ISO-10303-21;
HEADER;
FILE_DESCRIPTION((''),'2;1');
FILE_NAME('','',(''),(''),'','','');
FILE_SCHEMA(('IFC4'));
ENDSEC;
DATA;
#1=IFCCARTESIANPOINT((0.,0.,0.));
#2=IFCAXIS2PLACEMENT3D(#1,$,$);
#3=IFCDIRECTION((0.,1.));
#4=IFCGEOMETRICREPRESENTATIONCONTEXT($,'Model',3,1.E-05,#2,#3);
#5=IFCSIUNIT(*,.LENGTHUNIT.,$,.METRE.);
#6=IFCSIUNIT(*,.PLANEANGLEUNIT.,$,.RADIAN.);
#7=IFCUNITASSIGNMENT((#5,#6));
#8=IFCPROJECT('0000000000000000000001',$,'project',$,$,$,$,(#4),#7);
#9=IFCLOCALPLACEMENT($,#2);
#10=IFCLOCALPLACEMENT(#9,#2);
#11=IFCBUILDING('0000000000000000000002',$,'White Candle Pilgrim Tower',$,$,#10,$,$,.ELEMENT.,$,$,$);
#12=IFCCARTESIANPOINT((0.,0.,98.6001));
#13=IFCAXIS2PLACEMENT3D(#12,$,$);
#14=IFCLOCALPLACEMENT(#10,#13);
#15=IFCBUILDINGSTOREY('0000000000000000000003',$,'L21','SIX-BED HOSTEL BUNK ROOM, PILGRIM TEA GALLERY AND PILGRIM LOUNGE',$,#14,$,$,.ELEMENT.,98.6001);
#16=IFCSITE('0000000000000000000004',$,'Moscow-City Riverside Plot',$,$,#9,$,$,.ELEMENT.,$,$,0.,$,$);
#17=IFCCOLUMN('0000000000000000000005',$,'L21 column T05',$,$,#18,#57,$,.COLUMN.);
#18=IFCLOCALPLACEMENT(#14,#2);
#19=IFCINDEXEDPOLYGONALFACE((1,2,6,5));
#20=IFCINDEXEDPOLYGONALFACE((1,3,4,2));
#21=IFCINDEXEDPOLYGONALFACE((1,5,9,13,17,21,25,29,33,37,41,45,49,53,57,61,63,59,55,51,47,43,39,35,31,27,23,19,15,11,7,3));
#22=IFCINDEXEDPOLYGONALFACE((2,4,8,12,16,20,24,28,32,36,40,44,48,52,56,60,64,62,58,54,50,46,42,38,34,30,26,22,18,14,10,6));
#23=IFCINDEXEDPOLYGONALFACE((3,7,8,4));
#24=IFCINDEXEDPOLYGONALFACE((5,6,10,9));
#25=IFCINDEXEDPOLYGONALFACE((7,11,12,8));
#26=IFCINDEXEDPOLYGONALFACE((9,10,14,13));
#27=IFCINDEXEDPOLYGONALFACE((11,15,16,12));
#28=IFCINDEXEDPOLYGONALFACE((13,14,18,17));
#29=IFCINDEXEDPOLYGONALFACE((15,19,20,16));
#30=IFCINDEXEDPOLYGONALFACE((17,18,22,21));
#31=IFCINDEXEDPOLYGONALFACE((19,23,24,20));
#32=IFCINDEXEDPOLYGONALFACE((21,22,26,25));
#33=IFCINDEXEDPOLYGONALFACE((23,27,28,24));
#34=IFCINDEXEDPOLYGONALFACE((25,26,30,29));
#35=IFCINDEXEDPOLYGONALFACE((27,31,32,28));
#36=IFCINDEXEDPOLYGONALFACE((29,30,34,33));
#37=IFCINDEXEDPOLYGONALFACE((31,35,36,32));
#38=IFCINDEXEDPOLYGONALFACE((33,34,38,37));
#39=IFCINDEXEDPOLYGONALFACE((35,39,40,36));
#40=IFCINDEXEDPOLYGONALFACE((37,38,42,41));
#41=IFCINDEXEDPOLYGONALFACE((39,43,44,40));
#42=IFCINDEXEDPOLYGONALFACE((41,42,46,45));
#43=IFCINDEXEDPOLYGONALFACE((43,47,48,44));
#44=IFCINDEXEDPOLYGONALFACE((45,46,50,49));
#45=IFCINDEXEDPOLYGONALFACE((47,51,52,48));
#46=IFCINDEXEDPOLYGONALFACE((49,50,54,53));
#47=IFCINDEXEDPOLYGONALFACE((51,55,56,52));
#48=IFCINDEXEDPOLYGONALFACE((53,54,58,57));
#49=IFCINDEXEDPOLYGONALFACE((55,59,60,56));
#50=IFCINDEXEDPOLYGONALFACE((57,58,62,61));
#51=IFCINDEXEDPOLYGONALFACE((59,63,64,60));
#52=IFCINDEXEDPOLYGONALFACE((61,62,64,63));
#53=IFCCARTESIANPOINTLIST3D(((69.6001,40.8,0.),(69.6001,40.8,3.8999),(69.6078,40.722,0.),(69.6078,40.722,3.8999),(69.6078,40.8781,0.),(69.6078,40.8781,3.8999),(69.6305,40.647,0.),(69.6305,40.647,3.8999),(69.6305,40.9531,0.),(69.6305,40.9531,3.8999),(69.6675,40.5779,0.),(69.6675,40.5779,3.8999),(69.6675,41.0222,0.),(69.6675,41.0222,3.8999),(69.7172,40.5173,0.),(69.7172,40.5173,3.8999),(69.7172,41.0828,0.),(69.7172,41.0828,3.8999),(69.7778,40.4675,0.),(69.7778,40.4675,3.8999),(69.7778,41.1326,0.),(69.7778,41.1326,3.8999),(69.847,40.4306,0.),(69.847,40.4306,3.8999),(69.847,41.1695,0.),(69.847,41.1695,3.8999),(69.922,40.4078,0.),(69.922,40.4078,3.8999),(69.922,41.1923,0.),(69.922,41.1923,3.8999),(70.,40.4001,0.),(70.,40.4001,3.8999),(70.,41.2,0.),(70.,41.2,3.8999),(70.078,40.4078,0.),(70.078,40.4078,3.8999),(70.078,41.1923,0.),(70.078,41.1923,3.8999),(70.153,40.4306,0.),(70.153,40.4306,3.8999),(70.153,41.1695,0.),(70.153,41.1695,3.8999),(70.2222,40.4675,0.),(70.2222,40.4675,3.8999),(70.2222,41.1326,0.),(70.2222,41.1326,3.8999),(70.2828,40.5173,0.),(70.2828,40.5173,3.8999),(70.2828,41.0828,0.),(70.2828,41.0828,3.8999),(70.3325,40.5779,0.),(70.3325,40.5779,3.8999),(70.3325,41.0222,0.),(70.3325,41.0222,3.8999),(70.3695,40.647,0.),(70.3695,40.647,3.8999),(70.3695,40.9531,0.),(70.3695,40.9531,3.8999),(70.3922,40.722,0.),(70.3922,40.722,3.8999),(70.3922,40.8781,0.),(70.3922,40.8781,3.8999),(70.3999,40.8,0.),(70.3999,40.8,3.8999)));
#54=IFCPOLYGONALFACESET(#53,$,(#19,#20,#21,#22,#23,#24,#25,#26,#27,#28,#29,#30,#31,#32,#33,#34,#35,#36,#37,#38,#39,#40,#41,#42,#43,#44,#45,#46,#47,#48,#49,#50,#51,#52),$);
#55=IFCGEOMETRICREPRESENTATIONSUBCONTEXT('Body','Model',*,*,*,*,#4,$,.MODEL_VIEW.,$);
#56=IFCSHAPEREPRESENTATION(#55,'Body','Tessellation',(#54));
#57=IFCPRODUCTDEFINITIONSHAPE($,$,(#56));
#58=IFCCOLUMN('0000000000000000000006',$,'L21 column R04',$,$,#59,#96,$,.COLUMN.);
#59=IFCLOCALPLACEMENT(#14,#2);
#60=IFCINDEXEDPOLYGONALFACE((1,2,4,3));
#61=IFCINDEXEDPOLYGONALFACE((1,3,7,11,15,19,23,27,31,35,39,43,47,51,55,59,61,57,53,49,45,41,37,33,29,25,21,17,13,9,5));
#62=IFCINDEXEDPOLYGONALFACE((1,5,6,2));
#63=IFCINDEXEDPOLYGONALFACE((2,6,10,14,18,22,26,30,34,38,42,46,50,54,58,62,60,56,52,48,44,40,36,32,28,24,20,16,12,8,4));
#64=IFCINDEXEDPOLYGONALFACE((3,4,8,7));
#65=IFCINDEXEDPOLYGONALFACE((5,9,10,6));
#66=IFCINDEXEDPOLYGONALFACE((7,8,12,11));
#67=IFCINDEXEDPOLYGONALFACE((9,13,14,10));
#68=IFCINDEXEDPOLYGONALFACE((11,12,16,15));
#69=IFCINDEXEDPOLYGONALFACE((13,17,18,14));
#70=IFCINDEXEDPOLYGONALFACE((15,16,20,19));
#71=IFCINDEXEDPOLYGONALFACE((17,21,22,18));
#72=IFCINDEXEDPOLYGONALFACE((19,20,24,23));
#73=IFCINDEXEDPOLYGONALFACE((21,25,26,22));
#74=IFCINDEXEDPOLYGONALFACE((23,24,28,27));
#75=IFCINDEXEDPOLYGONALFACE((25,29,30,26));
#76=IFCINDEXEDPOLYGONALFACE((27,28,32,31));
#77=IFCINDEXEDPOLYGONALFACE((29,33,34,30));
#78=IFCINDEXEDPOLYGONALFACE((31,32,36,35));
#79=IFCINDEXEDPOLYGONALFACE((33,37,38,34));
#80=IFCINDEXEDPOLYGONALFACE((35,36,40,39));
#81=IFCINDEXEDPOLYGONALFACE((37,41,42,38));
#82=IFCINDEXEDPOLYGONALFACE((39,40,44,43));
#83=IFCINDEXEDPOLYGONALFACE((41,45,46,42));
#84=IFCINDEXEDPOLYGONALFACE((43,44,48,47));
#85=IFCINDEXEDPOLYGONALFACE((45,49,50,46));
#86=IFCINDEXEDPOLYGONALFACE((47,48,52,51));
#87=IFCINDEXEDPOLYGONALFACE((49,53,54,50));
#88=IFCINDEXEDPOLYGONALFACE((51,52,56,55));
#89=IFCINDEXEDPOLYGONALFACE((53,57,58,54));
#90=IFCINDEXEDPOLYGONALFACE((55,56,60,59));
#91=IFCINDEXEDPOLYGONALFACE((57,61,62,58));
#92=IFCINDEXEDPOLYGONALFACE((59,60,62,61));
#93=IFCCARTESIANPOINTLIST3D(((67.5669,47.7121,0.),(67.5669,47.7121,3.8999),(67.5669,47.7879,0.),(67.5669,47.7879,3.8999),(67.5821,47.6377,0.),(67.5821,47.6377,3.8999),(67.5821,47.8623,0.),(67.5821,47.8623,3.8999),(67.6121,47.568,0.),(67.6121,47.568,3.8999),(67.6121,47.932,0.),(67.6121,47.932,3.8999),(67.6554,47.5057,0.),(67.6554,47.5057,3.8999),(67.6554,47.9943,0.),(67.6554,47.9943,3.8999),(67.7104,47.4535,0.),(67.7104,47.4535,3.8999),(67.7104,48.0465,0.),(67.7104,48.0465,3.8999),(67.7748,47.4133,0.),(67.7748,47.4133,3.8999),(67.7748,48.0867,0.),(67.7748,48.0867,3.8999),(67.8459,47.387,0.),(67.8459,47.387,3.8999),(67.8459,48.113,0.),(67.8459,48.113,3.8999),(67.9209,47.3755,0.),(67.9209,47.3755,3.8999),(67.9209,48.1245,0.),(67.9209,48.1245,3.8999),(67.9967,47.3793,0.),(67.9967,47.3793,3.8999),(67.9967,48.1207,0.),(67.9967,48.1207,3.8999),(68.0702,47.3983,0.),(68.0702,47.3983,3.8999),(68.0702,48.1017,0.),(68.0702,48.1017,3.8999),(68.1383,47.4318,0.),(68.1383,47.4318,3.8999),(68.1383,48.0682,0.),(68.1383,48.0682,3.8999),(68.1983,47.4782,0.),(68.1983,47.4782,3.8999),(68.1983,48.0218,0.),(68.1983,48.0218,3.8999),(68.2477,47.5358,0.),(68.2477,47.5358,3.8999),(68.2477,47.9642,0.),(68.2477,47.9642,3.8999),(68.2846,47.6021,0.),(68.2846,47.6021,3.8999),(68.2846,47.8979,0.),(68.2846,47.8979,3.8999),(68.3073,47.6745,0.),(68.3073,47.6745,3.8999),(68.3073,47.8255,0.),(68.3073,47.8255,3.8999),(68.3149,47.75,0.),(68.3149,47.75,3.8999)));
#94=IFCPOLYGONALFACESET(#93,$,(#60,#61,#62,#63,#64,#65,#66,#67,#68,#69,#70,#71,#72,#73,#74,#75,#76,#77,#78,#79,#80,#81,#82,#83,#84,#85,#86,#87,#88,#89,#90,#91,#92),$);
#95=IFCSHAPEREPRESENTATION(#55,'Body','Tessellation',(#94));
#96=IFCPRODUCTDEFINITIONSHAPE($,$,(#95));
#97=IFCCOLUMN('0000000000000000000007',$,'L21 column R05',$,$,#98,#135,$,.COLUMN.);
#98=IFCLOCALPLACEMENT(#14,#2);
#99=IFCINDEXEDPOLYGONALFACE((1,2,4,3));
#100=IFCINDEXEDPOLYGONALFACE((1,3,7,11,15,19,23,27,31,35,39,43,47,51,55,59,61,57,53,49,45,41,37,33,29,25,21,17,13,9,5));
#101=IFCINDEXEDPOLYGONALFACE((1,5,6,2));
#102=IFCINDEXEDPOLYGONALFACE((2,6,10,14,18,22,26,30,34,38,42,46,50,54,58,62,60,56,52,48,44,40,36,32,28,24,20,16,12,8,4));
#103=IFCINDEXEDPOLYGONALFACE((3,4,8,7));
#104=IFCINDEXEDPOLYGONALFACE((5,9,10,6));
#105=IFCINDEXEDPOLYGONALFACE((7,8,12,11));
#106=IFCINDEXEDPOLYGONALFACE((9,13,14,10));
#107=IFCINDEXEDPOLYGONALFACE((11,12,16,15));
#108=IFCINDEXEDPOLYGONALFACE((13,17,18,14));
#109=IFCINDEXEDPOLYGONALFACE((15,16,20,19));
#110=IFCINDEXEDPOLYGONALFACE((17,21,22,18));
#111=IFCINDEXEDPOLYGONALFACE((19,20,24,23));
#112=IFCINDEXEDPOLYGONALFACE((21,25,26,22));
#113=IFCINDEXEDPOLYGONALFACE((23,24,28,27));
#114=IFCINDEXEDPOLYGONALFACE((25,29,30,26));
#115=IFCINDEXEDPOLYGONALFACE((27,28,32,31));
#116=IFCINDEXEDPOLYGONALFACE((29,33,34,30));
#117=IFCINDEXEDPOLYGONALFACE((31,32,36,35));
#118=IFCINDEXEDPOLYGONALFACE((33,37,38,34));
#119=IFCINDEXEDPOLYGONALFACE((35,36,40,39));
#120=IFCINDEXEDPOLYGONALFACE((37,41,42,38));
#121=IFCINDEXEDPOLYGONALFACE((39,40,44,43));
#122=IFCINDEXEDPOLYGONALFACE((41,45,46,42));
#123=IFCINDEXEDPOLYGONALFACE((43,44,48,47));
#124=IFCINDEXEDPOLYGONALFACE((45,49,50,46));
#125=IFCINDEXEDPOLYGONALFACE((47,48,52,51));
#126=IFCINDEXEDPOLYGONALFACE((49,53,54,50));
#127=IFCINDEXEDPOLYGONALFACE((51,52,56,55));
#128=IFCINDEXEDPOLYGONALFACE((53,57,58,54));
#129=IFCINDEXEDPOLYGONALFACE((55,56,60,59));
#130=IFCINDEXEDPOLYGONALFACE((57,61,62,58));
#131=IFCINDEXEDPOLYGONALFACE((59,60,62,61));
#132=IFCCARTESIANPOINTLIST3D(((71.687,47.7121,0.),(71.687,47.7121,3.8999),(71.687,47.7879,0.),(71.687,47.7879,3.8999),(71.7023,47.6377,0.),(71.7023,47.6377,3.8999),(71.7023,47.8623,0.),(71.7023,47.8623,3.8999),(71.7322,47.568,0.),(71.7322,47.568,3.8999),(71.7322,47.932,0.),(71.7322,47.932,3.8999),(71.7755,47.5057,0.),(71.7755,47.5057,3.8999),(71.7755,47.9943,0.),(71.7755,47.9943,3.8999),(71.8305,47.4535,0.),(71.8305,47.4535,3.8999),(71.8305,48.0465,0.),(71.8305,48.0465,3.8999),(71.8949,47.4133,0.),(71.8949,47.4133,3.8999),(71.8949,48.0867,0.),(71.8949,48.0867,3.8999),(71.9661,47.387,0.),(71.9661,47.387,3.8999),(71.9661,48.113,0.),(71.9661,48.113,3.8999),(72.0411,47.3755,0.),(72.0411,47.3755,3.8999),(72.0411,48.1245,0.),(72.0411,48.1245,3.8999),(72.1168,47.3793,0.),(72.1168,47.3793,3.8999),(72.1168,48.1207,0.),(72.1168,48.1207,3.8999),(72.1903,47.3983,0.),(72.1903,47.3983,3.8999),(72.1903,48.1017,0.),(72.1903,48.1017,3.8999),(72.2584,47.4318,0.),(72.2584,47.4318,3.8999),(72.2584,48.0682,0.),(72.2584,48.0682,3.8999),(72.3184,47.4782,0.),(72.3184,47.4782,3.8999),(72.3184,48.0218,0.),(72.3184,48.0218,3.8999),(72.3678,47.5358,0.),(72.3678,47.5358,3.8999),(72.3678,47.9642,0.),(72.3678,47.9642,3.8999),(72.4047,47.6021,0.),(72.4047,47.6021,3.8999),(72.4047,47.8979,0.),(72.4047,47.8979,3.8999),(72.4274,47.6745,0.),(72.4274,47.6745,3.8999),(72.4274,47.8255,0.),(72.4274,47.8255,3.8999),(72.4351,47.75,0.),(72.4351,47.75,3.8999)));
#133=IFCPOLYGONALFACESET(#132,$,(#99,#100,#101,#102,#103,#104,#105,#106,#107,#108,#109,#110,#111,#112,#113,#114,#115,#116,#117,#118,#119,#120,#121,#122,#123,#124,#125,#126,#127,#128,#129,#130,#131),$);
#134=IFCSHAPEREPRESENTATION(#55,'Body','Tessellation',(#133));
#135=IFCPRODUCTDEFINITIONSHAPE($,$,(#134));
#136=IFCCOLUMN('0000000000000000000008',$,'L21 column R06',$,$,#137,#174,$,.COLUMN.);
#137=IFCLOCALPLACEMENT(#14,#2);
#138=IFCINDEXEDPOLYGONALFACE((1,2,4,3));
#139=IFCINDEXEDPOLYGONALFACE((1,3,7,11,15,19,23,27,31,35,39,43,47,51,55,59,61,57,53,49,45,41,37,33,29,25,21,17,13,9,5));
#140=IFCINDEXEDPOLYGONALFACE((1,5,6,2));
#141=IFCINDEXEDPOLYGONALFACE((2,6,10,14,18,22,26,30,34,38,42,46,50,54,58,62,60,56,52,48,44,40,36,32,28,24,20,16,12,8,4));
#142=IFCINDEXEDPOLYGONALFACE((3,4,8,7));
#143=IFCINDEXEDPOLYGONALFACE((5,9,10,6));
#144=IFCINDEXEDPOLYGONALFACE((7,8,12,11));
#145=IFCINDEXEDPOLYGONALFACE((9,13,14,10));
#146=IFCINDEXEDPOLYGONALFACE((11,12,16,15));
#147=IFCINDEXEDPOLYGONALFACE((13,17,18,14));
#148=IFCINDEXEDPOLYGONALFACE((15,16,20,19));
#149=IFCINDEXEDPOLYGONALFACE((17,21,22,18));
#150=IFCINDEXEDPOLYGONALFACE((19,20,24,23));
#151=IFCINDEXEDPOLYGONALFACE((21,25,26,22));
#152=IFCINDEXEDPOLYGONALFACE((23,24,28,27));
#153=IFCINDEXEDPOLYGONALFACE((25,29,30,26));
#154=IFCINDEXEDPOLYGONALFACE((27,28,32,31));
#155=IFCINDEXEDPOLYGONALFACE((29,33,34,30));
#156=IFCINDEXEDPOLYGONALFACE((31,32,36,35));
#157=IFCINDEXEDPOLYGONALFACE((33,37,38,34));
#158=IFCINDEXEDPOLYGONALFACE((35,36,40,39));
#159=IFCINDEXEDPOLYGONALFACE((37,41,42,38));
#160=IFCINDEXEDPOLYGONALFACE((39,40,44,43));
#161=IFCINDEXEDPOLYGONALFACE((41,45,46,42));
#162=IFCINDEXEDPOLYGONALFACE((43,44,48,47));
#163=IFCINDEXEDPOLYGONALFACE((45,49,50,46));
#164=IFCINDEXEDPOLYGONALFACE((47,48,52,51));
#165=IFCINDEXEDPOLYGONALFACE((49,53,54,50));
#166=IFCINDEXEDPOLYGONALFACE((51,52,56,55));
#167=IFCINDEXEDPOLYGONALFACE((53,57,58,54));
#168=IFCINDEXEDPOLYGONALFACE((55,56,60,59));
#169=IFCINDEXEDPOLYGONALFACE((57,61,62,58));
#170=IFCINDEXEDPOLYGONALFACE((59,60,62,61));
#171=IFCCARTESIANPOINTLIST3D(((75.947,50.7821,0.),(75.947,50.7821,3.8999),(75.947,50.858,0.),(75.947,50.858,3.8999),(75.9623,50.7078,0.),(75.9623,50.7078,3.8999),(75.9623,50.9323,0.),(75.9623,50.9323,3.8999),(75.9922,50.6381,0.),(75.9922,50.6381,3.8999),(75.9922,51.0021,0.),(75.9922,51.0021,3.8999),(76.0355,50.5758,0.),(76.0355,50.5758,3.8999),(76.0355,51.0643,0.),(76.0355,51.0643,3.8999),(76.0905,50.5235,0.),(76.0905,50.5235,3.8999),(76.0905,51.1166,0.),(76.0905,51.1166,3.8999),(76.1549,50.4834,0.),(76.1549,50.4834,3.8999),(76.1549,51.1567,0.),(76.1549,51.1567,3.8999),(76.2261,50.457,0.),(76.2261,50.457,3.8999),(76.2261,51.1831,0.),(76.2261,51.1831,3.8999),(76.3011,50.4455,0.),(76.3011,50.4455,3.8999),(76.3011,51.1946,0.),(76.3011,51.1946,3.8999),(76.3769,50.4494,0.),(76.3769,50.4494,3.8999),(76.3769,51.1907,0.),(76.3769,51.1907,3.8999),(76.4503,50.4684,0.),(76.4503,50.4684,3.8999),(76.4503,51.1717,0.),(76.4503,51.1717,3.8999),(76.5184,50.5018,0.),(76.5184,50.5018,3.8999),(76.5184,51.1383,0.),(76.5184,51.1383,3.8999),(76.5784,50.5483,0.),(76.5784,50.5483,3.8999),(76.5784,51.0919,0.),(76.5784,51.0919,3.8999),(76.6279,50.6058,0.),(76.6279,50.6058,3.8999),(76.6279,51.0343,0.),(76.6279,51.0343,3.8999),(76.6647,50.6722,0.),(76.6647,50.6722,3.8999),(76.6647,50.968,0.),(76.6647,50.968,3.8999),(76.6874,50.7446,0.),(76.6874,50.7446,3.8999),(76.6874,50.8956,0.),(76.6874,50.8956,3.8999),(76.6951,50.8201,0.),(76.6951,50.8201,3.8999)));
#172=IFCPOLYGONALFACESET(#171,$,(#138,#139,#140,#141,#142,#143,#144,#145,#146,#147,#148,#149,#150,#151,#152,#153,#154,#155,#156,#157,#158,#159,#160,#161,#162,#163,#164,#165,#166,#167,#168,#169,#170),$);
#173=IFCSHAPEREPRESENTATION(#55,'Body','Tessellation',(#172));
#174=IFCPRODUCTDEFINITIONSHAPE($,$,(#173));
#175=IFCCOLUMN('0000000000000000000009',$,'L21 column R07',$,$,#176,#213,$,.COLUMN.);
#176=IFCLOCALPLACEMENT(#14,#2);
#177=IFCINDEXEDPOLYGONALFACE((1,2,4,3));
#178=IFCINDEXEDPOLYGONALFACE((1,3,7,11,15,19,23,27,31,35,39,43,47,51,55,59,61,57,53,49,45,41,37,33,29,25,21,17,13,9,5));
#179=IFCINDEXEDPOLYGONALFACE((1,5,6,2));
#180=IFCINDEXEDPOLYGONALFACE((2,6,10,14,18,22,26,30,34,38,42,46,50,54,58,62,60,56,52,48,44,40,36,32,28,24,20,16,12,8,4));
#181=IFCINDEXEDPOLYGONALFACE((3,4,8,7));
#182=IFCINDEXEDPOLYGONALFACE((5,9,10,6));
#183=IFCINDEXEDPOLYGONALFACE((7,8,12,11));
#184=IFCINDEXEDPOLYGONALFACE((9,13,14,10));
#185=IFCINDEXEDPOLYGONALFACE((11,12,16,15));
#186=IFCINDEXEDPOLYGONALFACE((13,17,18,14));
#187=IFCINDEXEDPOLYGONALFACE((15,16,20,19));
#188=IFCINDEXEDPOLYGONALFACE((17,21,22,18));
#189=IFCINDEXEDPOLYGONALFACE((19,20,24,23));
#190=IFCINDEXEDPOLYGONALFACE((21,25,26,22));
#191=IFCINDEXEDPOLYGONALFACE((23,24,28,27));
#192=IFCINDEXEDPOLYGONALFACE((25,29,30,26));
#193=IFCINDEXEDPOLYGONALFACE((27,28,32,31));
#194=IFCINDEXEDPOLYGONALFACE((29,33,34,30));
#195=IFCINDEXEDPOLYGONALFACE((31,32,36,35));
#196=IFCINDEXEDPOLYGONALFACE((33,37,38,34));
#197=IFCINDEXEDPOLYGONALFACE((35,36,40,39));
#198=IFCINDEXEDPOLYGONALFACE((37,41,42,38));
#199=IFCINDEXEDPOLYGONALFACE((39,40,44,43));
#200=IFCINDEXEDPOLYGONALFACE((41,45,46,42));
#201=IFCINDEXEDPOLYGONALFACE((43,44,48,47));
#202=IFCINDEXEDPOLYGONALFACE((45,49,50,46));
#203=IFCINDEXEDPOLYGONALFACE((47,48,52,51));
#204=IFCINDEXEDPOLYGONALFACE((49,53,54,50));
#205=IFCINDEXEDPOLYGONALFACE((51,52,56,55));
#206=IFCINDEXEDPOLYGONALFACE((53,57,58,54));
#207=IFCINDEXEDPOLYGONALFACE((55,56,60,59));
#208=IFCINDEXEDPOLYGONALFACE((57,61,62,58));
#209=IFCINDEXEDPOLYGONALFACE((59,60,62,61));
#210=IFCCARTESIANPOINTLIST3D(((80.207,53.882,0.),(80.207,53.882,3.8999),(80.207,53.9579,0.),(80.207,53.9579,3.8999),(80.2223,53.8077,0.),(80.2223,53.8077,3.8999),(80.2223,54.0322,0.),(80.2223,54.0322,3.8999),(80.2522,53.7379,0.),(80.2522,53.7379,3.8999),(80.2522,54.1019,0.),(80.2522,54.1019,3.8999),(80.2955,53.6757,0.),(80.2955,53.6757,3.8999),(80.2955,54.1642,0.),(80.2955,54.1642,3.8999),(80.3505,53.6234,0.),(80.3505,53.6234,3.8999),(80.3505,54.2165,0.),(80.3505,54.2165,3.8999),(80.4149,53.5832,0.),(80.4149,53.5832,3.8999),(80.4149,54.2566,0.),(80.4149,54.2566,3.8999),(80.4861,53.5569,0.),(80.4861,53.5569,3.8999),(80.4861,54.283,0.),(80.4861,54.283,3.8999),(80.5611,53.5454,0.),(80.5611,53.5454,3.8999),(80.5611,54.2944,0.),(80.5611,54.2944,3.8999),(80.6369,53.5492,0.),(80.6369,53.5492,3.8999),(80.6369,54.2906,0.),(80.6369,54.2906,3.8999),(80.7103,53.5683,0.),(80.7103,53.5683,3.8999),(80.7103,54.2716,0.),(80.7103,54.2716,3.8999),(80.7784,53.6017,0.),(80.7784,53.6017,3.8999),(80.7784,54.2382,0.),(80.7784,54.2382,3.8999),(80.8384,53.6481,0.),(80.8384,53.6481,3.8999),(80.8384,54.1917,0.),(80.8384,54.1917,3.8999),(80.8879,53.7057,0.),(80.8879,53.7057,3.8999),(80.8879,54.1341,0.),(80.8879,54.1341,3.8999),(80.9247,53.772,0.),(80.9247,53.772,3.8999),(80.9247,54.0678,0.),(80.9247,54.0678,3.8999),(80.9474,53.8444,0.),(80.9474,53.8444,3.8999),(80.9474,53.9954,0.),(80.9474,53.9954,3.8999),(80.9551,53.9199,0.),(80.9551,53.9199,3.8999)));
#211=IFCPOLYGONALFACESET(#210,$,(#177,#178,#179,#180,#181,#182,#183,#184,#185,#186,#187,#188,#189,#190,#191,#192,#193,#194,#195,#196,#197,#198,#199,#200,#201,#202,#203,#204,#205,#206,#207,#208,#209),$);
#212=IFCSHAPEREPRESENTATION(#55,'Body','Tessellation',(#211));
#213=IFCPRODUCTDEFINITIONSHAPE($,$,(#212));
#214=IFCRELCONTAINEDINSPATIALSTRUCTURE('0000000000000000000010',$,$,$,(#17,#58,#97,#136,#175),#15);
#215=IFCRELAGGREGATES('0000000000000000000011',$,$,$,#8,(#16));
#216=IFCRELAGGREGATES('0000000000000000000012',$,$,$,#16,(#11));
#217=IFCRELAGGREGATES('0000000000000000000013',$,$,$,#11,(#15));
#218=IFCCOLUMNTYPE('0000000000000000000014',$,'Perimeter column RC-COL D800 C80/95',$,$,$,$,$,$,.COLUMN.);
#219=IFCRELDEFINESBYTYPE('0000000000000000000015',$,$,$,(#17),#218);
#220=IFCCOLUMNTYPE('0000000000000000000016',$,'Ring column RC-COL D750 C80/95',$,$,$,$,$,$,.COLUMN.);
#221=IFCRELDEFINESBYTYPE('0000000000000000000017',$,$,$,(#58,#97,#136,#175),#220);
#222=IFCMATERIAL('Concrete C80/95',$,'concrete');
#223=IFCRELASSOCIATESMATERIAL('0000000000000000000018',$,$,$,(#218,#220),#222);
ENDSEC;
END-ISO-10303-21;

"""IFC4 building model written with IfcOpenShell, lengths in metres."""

from ifc_helpers import new_model, si_unit, direction, frame, origin, origin_2d, place, context, subcontext, project, spatial, circle, extrude, material, material_profile, profile_set, type_object, element, save


model = new_model("IFC4")

# Units and contexts
model_context = context("Model", 3, precision=1e-05, world=origin(), true_north=direction((0.0, 1.0)))
body_context = subcontext(model_context, "Body", "Model", "MODEL_VIEW")
ifc_project = project(units=[si_unit("LENGTHUNIT", "METRE"), si_unit("PLANEANGLEUNIT", "RADIAN")], contexts=[model_context])

# Site, building, storey
site_placement = place(None, origin())
site = spatial("IfcSite", under=ifc_project, at=site_placement, Name="Moscow-City Riverside Plot", CompositionType="ELEMENT", RefElevation=0.0)
building_placement = place(site_placement, origin())
building = spatial("IfcBuilding", under=site, at=building_placement, Name="White Candle Pilgrim Tower", CompositionType="ELEMENT")
storey_placement = place(building_placement, frame((0.0, 0.0, 98.6001)))
storey = spatial("IfcBuildingStorey", under=building, at=storey_placement, Name="L21", Description="SIX-BED HOSTEL BUNK ROOM, PILGRIM TEA GALLERY AND PILGRIM LOUNGE", CompositionType="ELEMENT", Elevation=98.6001)

# Columns
ifc_material_1 = material(Name="Concrete C80/95", Category="concrete")
ifc_material_profile_1 = material_profile(ifc_material_1, circle(Radius=0.3999, at=origin_2d()), Name="RC-COL D800")
ifc_profile_set_1 = profile_set([ifc_material_profile_1], Name="Concrete C80/95")
column_type_1 = type_object("IfcColumnType", Name="Perimeter column RC-COL D800 C80/95", PredefinedType="COLUMN", material=ifc_profile_set_1)
column_placement = place(storey_placement, frame((70.0, 40.8, 0.0), z_axis=(0.0, 0.0, 1.0), x_axis=(1.0, 0.0, 0.0)))
element("IfcColumn", 1, at=column_placement, inside=storey, type_object=column_type_1, Name="L21 column T05", PredefinedType="COLUMN", context=body_context, shape_type="SweptSolid", body=[
    extrude(circle(Radius=0.3999, at=origin_2d()), origin(), (0.0, 0.0, 1.0), 3.8999),
])
ifc_material_profile_2 = material_profile(ifc_material_1, circle(Radius=0.375, at=origin_2d()), Name="RC-COL D750")
ifc_profile_set_2 = profile_set([ifc_material_profile_2], Name="Concrete C80/95")
column_type_2 = type_object("IfcColumnType", Name="Ring column RC-COL D750 C80/95", PredefinedType="COLUMN", material=ifc_profile_set_2)
for number, where, z_axis, x_axis, name in (
    (2, (67.9399, 47.75, 0.0), (0.0, 0.0, 1.0), (1.0, 0.0, 0.0), "L21 column R04"),
    (3, (72.0601, 47.75, 0.0), (0.0, 0.0, 1.0), (1.0, 0.0, 0.0), "L21 column R05"),
    (4, (76.3201, 50.8201, 0.0), (0.0, 0.0, 1.0), (1.0, 0.0, 0.0), "L21 column R06"),
    (5, (80.5801, 53.9199, 0.0), (0.0, 0.0, 1.0), (1.0, 0.0, 0.0), "L21 column R07"),
):
    element("IfcColumn", number, at=place(storey_placement, frame(where, z_axis=z_axis, x_axis=x_axis)), inside=storey, type_object=column_type_2, Name=name, PredefinedType="COLUMN", context=body_context, shape_type="SweptSolid", body=[
        extrude(circle(Radius=0.375, at=origin_2d()), origin(), (0.0, 0.0, 1.0), 3.8999),
    ])

save(model, "model.ifc")
